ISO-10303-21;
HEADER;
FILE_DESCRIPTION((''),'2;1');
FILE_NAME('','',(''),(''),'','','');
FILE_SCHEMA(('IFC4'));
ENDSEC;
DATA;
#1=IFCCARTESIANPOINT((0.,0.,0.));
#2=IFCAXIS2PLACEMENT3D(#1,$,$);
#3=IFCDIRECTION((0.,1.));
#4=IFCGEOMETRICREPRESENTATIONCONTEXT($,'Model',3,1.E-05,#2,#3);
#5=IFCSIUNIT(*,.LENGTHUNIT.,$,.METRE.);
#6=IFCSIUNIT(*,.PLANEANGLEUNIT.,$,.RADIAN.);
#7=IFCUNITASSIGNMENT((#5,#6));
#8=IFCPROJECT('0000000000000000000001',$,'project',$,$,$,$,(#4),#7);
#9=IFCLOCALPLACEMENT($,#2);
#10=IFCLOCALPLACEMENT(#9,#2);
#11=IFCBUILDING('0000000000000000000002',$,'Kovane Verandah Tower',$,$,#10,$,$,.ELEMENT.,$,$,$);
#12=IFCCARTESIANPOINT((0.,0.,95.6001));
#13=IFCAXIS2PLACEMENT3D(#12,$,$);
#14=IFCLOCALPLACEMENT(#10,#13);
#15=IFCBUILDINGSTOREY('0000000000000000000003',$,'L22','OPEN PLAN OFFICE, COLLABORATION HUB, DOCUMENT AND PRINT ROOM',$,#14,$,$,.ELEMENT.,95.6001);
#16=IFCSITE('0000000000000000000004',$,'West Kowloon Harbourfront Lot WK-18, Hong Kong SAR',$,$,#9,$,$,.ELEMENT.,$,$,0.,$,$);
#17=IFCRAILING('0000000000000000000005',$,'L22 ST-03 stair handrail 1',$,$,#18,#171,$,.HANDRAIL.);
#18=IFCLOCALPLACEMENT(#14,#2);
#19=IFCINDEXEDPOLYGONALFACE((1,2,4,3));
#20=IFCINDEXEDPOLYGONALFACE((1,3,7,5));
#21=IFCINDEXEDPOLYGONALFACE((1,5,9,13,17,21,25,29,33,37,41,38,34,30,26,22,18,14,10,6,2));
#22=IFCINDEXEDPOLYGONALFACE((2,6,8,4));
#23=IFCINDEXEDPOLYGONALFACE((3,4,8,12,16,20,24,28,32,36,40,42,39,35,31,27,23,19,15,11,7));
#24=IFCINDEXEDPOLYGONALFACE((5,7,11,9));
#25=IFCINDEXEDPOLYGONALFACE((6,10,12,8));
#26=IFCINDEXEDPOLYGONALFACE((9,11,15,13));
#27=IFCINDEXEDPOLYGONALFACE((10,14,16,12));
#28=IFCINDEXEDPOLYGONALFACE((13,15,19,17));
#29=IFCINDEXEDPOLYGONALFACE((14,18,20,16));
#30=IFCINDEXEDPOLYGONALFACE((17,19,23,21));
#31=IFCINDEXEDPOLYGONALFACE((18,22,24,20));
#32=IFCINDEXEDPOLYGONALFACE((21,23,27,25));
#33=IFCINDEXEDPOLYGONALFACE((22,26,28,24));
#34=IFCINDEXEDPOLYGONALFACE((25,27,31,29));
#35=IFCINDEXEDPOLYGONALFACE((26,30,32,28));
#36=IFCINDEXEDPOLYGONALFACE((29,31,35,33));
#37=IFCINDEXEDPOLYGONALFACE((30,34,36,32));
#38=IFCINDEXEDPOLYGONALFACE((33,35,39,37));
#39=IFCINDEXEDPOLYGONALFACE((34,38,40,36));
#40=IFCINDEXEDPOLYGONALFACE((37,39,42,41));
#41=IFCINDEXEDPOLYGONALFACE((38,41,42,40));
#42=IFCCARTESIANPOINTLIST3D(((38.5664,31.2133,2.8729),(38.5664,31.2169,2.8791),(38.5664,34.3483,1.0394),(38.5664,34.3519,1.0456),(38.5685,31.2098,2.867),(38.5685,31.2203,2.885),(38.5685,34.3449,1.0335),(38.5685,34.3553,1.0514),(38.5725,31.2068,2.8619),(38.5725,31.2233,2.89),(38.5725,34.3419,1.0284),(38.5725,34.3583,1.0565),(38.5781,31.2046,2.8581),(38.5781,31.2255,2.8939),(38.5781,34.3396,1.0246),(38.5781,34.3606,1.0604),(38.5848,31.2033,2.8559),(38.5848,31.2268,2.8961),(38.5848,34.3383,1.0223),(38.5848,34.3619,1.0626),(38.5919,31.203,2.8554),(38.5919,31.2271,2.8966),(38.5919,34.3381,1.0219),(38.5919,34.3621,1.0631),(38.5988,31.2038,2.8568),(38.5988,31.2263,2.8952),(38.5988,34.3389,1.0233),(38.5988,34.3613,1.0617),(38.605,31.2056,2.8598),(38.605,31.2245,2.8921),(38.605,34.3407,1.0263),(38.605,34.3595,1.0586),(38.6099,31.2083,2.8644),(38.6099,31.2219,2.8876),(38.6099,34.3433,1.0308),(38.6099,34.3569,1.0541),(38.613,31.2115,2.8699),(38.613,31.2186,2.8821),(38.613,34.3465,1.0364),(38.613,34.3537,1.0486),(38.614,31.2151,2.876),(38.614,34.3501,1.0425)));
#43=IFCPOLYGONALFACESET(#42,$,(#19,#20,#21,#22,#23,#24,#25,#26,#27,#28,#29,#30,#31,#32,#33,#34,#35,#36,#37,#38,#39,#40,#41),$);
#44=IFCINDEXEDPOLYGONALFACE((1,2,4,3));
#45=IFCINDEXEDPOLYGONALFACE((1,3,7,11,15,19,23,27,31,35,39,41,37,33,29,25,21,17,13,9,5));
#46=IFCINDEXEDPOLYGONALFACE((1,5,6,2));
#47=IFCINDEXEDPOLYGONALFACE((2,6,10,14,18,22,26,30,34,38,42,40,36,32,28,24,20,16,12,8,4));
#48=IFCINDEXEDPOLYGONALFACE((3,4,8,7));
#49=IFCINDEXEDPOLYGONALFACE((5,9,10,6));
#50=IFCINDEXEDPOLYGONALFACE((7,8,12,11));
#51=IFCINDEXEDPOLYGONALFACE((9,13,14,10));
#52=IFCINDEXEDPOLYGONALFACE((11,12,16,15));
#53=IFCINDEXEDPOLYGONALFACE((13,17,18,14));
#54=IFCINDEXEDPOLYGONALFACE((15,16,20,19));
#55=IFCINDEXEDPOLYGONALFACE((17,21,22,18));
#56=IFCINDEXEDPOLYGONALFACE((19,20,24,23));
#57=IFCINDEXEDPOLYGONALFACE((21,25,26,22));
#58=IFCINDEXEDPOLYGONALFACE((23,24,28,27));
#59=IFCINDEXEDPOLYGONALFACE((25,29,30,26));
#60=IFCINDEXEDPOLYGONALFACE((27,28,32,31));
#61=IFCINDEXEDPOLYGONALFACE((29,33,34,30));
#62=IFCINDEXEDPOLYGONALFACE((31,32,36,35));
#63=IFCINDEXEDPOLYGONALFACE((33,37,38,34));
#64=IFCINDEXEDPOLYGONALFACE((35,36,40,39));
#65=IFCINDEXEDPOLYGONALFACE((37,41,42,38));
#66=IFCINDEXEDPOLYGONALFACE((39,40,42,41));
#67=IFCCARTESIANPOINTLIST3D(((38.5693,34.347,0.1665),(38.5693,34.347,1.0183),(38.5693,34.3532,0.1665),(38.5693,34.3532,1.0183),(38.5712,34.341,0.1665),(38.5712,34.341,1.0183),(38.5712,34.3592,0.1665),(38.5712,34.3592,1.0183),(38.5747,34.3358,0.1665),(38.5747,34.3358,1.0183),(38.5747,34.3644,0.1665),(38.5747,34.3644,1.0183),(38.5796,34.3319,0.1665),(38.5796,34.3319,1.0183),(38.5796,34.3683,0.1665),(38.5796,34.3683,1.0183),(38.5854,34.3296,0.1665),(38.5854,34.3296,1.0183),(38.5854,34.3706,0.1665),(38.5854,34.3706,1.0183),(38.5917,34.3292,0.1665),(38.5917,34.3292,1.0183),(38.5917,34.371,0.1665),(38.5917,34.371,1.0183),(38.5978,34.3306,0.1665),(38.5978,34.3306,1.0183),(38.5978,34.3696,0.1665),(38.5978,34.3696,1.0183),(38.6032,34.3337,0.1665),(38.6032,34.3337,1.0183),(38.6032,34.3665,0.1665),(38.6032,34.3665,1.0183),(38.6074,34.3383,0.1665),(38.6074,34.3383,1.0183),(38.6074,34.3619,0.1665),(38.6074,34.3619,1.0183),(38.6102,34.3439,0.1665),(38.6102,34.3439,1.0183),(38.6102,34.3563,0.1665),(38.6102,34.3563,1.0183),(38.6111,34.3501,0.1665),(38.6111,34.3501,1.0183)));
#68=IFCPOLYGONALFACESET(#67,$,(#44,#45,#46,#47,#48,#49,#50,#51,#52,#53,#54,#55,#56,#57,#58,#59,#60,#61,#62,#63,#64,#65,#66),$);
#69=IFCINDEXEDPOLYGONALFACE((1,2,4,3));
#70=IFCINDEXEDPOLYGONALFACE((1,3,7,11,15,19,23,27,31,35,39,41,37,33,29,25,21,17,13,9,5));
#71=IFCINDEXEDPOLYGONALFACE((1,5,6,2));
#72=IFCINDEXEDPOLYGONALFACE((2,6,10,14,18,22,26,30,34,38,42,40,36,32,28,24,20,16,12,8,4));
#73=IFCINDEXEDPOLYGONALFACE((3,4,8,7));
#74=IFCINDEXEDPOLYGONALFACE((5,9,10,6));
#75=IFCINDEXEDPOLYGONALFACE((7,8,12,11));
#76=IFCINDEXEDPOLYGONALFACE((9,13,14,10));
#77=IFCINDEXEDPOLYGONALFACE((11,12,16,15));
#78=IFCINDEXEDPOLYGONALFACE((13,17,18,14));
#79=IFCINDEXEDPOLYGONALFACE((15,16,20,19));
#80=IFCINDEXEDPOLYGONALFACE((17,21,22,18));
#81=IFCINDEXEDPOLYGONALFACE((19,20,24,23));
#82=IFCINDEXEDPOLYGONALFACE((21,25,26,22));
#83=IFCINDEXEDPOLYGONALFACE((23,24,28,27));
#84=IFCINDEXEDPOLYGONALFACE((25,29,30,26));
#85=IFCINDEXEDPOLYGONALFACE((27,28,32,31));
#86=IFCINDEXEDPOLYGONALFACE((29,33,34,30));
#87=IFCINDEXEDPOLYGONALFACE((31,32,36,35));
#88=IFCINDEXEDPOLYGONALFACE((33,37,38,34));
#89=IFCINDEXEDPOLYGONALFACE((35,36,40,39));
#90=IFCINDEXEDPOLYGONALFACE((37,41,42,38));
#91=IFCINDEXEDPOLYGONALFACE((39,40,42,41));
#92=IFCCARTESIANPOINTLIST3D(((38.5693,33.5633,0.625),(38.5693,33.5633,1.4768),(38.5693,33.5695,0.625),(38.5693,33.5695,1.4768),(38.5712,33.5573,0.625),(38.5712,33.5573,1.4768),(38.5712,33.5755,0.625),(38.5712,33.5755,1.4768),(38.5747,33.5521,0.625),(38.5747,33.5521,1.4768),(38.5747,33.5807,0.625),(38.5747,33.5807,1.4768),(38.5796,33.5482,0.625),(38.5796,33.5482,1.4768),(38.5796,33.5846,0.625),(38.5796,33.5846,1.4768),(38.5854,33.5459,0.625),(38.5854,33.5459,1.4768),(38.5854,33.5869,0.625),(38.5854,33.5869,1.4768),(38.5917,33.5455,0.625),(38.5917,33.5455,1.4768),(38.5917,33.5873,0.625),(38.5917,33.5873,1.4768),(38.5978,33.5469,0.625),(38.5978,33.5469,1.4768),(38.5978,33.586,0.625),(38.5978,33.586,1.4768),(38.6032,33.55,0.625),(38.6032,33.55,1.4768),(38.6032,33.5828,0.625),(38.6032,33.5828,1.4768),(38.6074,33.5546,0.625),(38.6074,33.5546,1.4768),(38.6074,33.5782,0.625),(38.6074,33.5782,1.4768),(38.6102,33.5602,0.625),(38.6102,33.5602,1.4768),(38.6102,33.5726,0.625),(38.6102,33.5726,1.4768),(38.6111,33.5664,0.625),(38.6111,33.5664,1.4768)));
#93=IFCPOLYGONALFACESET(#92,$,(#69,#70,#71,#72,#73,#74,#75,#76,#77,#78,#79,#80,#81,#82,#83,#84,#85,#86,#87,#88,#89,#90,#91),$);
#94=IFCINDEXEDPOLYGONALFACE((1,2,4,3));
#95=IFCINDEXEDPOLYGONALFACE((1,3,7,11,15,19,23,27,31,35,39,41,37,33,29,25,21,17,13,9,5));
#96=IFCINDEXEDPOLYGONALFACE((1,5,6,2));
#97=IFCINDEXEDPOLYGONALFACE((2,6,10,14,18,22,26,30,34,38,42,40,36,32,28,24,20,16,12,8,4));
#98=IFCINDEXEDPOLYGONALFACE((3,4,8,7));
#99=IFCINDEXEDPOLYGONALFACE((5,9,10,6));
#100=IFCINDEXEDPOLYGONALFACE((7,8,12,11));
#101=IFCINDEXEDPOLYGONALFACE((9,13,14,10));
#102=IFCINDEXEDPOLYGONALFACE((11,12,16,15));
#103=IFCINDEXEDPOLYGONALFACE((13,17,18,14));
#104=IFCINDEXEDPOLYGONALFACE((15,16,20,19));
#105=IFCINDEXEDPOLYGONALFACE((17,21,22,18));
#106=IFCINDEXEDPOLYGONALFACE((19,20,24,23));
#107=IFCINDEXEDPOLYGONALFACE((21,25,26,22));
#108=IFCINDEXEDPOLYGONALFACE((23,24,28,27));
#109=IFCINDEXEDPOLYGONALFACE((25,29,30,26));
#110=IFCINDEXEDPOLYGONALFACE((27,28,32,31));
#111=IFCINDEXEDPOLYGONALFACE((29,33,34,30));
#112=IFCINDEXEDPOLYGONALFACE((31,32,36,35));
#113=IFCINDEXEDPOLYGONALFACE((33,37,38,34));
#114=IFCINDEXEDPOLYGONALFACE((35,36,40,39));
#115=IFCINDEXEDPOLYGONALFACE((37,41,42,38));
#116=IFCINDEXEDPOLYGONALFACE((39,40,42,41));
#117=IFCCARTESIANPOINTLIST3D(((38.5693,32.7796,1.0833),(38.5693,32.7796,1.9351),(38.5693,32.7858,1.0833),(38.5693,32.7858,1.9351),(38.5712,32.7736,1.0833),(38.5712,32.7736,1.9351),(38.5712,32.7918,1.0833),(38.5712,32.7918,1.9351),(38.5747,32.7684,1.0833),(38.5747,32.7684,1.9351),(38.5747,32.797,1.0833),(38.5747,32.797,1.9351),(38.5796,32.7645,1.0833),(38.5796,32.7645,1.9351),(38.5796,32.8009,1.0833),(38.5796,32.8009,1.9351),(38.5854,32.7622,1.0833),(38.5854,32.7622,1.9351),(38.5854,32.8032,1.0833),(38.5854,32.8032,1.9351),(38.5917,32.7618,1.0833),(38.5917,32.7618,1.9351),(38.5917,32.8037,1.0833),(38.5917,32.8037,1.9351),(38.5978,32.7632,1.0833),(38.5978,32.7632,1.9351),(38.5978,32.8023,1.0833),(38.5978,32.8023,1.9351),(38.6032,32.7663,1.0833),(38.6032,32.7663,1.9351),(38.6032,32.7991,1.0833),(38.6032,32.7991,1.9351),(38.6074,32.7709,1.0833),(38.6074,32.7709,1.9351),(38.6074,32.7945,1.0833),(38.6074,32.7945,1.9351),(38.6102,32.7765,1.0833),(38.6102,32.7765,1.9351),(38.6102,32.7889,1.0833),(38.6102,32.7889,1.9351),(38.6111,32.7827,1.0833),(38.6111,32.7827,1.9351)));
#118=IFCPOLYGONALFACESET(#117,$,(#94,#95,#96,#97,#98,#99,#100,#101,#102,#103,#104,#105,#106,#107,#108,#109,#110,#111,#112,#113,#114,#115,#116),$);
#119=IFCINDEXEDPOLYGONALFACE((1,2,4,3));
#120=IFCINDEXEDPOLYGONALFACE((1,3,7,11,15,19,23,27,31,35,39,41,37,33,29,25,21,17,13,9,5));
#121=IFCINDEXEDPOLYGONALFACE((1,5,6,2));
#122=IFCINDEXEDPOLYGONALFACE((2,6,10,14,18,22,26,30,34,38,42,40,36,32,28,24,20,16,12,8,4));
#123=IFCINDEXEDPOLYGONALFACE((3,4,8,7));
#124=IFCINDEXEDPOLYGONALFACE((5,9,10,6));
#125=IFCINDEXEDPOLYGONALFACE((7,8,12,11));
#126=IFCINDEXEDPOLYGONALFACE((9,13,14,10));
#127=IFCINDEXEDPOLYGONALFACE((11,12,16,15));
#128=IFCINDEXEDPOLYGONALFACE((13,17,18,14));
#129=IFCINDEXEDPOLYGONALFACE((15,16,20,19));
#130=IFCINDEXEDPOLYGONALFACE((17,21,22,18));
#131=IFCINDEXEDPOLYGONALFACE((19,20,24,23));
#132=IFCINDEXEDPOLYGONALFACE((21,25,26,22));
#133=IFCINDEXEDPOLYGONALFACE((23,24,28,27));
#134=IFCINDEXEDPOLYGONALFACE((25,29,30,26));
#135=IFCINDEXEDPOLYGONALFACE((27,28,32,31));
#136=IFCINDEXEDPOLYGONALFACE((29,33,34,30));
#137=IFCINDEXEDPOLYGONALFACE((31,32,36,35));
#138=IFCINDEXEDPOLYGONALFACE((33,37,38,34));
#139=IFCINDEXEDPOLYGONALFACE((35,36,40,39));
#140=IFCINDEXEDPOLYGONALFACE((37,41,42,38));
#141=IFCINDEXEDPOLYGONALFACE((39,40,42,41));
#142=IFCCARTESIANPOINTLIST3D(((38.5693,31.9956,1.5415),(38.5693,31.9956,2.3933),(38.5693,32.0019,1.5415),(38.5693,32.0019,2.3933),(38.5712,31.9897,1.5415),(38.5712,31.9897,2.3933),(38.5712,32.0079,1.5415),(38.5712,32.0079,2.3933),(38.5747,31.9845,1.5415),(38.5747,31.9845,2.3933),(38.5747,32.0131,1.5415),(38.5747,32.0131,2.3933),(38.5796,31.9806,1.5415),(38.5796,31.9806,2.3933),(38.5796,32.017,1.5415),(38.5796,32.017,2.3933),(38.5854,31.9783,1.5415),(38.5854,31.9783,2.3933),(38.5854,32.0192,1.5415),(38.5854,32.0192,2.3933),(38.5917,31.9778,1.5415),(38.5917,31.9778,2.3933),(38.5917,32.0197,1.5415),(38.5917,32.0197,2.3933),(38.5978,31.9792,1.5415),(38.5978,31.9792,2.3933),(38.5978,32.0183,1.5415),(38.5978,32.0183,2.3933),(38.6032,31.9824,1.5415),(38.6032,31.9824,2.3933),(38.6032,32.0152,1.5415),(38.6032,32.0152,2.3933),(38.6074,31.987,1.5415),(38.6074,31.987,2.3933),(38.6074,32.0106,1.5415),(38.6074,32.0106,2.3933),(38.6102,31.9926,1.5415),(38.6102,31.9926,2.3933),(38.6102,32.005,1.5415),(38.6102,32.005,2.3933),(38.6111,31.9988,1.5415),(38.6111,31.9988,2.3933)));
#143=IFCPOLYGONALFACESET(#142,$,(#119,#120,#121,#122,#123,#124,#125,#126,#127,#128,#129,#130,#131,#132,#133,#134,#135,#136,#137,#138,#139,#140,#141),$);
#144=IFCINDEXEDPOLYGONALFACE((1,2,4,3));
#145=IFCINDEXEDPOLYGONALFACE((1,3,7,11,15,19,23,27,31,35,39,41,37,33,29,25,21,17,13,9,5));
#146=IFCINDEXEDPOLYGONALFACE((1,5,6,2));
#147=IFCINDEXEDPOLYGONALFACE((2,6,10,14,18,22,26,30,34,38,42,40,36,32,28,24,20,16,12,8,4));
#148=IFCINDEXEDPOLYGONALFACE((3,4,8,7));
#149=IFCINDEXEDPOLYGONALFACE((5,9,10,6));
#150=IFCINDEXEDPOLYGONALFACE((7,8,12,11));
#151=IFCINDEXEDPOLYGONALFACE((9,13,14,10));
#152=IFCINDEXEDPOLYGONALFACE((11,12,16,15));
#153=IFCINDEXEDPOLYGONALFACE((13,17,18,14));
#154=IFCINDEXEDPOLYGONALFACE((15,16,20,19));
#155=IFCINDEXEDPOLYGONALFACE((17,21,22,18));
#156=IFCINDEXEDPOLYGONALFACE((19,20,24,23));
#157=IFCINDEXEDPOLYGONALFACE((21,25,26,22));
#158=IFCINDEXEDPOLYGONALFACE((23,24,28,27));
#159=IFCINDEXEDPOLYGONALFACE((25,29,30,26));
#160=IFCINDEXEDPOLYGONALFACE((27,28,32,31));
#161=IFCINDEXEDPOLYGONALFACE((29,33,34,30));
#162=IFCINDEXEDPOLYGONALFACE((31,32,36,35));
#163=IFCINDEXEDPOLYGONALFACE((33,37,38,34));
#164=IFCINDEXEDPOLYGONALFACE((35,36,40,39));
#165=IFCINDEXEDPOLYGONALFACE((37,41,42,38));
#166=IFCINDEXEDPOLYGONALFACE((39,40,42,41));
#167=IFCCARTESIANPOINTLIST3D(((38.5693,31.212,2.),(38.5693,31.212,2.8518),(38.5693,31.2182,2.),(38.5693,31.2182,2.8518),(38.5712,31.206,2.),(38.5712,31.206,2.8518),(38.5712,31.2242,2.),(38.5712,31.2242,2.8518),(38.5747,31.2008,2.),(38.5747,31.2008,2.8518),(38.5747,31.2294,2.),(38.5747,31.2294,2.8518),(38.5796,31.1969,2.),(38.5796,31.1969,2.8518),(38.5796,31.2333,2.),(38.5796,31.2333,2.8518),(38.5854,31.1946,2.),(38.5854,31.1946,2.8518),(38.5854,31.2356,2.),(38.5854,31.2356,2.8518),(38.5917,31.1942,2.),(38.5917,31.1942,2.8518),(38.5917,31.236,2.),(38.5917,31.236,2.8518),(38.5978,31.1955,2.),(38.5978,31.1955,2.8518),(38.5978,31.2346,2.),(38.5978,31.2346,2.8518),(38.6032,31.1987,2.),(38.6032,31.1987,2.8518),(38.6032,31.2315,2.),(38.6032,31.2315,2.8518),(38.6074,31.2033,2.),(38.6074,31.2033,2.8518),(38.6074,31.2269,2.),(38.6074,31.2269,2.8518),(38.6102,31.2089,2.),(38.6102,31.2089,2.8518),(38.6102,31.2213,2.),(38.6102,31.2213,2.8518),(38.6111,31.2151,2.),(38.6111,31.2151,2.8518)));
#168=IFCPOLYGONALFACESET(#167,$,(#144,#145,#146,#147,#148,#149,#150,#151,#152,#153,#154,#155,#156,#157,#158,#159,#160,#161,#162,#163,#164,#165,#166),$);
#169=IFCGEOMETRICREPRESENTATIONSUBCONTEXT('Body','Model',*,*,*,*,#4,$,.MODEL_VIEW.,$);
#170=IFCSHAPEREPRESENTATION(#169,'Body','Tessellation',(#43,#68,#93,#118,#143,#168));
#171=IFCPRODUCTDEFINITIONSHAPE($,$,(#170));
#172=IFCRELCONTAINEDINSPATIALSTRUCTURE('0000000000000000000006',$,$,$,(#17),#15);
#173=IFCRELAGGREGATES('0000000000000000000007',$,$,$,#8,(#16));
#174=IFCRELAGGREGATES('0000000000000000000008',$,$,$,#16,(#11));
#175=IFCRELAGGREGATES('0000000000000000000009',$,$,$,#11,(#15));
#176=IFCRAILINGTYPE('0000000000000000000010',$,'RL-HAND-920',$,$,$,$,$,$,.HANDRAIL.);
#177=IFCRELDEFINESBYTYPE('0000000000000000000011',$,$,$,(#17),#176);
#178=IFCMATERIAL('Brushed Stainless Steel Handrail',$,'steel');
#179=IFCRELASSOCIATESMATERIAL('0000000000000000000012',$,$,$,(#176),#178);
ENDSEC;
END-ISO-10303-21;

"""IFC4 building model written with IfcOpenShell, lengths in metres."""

from ifc_helpers import new_model, si_unit, direction, frame, origin, origin_2d, place, context, subcontext, project, spatial, circle, extrude, material, type_object, element, save


model = new_model("IFC4")

# Units and contexts
model_context = context("Model", 3, precision=1e-05, world=origin(), true_north=direction((0.0, 1.0)))
body_context = subcontext(model_context, "Body", "Model", "MODEL_VIEW")
ifc_project = project(units=[si_unit("LENGTHUNIT", "METRE"), si_unit("PLANEANGLEUNIT", "RADIAN")], contexts=[model_context])

# Site, building, storey
site_placement = place(None, origin())
site = spatial("IfcSite", under=ifc_project, at=site_placement, Name="West Kowloon Harbourfront Lot WK-18, Hong Kong SAR", CompositionType="ELEMENT", RefElevation=0.0)
building_placement = place(site_placement, origin())
building = spatial("IfcBuilding", under=site, at=building_placement, Name="Kovane Verandah Tower", CompositionType="ELEMENT")
storey_placement = place(building_placement, frame((0.0, 0.0, 95.6001)))
storey = spatial("IfcBuildingStorey", under=building, at=storey_placement, Name="L22", Description="OPEN PLAN OFFICE, COLLABORATION HUB, DOCUMENT AND PRINT ROOM", CompositionType="ELEMENT", Elevation=95.6001)

# Railing
ifc_material_1 = material(Name="Brushed Stainless Steel Handrail", Category="steel")
railing_type_1 = type_object("IfcRailingType", Name="RL-HAND-920", PredefinedType="HANDRAIL", material=ifc_material_1)
railing_1_placement = place(storey_placement, frame((38.5901, 34.3501, 0.1665)))
element("IfcRailing", 1, at=railing_1_placement, inside=storey, type_object=railing_type_1, Name="L22 ST-03 stair handrail 1", PredefinedType="HANDRAIL", context=body_context, shape_type="SweptSolid", body=[
    extrude(circle(Radius=0.0239, at=origin_2d()), frame((0.0, 0.0, 0.876), z_axis=(0.0, -0.86321, 0.504845), x_axis=(1.0, 0.0, 0.0)), (0.0, 0.0, 1.0), 3.6318),
    extrude(circle(Radius=0.021, at=origin_2d()), origin(), (0.0, 0.0, 1.0), 0.8518),
    extrude(circle(Radius=0.021, at=origin_2d()), frame((0.0, -0.7837, 0.4585)), (0.0, 0.0, 1.0), 0.8518),
    extrude(circle(Radius=0.021, at=origin_2d()), frame((0.0, -1.5674, 0.9167)), (0.0, 0.0, 1.0), 0.8518),
    extrude(circle(Radius=0.021, at=origin_2d()), frame((0.0, -2.3513, 1.375)), (0.0, 0.0, 1.0), 0.8518),
    extrude(circle(Radius=0.021, at=origin_2d()), frame((0.0, -3.135, 1.8335)), (0.0, 0.0, 1.0), 0.8518),
])

save(model, "model.ifc")
